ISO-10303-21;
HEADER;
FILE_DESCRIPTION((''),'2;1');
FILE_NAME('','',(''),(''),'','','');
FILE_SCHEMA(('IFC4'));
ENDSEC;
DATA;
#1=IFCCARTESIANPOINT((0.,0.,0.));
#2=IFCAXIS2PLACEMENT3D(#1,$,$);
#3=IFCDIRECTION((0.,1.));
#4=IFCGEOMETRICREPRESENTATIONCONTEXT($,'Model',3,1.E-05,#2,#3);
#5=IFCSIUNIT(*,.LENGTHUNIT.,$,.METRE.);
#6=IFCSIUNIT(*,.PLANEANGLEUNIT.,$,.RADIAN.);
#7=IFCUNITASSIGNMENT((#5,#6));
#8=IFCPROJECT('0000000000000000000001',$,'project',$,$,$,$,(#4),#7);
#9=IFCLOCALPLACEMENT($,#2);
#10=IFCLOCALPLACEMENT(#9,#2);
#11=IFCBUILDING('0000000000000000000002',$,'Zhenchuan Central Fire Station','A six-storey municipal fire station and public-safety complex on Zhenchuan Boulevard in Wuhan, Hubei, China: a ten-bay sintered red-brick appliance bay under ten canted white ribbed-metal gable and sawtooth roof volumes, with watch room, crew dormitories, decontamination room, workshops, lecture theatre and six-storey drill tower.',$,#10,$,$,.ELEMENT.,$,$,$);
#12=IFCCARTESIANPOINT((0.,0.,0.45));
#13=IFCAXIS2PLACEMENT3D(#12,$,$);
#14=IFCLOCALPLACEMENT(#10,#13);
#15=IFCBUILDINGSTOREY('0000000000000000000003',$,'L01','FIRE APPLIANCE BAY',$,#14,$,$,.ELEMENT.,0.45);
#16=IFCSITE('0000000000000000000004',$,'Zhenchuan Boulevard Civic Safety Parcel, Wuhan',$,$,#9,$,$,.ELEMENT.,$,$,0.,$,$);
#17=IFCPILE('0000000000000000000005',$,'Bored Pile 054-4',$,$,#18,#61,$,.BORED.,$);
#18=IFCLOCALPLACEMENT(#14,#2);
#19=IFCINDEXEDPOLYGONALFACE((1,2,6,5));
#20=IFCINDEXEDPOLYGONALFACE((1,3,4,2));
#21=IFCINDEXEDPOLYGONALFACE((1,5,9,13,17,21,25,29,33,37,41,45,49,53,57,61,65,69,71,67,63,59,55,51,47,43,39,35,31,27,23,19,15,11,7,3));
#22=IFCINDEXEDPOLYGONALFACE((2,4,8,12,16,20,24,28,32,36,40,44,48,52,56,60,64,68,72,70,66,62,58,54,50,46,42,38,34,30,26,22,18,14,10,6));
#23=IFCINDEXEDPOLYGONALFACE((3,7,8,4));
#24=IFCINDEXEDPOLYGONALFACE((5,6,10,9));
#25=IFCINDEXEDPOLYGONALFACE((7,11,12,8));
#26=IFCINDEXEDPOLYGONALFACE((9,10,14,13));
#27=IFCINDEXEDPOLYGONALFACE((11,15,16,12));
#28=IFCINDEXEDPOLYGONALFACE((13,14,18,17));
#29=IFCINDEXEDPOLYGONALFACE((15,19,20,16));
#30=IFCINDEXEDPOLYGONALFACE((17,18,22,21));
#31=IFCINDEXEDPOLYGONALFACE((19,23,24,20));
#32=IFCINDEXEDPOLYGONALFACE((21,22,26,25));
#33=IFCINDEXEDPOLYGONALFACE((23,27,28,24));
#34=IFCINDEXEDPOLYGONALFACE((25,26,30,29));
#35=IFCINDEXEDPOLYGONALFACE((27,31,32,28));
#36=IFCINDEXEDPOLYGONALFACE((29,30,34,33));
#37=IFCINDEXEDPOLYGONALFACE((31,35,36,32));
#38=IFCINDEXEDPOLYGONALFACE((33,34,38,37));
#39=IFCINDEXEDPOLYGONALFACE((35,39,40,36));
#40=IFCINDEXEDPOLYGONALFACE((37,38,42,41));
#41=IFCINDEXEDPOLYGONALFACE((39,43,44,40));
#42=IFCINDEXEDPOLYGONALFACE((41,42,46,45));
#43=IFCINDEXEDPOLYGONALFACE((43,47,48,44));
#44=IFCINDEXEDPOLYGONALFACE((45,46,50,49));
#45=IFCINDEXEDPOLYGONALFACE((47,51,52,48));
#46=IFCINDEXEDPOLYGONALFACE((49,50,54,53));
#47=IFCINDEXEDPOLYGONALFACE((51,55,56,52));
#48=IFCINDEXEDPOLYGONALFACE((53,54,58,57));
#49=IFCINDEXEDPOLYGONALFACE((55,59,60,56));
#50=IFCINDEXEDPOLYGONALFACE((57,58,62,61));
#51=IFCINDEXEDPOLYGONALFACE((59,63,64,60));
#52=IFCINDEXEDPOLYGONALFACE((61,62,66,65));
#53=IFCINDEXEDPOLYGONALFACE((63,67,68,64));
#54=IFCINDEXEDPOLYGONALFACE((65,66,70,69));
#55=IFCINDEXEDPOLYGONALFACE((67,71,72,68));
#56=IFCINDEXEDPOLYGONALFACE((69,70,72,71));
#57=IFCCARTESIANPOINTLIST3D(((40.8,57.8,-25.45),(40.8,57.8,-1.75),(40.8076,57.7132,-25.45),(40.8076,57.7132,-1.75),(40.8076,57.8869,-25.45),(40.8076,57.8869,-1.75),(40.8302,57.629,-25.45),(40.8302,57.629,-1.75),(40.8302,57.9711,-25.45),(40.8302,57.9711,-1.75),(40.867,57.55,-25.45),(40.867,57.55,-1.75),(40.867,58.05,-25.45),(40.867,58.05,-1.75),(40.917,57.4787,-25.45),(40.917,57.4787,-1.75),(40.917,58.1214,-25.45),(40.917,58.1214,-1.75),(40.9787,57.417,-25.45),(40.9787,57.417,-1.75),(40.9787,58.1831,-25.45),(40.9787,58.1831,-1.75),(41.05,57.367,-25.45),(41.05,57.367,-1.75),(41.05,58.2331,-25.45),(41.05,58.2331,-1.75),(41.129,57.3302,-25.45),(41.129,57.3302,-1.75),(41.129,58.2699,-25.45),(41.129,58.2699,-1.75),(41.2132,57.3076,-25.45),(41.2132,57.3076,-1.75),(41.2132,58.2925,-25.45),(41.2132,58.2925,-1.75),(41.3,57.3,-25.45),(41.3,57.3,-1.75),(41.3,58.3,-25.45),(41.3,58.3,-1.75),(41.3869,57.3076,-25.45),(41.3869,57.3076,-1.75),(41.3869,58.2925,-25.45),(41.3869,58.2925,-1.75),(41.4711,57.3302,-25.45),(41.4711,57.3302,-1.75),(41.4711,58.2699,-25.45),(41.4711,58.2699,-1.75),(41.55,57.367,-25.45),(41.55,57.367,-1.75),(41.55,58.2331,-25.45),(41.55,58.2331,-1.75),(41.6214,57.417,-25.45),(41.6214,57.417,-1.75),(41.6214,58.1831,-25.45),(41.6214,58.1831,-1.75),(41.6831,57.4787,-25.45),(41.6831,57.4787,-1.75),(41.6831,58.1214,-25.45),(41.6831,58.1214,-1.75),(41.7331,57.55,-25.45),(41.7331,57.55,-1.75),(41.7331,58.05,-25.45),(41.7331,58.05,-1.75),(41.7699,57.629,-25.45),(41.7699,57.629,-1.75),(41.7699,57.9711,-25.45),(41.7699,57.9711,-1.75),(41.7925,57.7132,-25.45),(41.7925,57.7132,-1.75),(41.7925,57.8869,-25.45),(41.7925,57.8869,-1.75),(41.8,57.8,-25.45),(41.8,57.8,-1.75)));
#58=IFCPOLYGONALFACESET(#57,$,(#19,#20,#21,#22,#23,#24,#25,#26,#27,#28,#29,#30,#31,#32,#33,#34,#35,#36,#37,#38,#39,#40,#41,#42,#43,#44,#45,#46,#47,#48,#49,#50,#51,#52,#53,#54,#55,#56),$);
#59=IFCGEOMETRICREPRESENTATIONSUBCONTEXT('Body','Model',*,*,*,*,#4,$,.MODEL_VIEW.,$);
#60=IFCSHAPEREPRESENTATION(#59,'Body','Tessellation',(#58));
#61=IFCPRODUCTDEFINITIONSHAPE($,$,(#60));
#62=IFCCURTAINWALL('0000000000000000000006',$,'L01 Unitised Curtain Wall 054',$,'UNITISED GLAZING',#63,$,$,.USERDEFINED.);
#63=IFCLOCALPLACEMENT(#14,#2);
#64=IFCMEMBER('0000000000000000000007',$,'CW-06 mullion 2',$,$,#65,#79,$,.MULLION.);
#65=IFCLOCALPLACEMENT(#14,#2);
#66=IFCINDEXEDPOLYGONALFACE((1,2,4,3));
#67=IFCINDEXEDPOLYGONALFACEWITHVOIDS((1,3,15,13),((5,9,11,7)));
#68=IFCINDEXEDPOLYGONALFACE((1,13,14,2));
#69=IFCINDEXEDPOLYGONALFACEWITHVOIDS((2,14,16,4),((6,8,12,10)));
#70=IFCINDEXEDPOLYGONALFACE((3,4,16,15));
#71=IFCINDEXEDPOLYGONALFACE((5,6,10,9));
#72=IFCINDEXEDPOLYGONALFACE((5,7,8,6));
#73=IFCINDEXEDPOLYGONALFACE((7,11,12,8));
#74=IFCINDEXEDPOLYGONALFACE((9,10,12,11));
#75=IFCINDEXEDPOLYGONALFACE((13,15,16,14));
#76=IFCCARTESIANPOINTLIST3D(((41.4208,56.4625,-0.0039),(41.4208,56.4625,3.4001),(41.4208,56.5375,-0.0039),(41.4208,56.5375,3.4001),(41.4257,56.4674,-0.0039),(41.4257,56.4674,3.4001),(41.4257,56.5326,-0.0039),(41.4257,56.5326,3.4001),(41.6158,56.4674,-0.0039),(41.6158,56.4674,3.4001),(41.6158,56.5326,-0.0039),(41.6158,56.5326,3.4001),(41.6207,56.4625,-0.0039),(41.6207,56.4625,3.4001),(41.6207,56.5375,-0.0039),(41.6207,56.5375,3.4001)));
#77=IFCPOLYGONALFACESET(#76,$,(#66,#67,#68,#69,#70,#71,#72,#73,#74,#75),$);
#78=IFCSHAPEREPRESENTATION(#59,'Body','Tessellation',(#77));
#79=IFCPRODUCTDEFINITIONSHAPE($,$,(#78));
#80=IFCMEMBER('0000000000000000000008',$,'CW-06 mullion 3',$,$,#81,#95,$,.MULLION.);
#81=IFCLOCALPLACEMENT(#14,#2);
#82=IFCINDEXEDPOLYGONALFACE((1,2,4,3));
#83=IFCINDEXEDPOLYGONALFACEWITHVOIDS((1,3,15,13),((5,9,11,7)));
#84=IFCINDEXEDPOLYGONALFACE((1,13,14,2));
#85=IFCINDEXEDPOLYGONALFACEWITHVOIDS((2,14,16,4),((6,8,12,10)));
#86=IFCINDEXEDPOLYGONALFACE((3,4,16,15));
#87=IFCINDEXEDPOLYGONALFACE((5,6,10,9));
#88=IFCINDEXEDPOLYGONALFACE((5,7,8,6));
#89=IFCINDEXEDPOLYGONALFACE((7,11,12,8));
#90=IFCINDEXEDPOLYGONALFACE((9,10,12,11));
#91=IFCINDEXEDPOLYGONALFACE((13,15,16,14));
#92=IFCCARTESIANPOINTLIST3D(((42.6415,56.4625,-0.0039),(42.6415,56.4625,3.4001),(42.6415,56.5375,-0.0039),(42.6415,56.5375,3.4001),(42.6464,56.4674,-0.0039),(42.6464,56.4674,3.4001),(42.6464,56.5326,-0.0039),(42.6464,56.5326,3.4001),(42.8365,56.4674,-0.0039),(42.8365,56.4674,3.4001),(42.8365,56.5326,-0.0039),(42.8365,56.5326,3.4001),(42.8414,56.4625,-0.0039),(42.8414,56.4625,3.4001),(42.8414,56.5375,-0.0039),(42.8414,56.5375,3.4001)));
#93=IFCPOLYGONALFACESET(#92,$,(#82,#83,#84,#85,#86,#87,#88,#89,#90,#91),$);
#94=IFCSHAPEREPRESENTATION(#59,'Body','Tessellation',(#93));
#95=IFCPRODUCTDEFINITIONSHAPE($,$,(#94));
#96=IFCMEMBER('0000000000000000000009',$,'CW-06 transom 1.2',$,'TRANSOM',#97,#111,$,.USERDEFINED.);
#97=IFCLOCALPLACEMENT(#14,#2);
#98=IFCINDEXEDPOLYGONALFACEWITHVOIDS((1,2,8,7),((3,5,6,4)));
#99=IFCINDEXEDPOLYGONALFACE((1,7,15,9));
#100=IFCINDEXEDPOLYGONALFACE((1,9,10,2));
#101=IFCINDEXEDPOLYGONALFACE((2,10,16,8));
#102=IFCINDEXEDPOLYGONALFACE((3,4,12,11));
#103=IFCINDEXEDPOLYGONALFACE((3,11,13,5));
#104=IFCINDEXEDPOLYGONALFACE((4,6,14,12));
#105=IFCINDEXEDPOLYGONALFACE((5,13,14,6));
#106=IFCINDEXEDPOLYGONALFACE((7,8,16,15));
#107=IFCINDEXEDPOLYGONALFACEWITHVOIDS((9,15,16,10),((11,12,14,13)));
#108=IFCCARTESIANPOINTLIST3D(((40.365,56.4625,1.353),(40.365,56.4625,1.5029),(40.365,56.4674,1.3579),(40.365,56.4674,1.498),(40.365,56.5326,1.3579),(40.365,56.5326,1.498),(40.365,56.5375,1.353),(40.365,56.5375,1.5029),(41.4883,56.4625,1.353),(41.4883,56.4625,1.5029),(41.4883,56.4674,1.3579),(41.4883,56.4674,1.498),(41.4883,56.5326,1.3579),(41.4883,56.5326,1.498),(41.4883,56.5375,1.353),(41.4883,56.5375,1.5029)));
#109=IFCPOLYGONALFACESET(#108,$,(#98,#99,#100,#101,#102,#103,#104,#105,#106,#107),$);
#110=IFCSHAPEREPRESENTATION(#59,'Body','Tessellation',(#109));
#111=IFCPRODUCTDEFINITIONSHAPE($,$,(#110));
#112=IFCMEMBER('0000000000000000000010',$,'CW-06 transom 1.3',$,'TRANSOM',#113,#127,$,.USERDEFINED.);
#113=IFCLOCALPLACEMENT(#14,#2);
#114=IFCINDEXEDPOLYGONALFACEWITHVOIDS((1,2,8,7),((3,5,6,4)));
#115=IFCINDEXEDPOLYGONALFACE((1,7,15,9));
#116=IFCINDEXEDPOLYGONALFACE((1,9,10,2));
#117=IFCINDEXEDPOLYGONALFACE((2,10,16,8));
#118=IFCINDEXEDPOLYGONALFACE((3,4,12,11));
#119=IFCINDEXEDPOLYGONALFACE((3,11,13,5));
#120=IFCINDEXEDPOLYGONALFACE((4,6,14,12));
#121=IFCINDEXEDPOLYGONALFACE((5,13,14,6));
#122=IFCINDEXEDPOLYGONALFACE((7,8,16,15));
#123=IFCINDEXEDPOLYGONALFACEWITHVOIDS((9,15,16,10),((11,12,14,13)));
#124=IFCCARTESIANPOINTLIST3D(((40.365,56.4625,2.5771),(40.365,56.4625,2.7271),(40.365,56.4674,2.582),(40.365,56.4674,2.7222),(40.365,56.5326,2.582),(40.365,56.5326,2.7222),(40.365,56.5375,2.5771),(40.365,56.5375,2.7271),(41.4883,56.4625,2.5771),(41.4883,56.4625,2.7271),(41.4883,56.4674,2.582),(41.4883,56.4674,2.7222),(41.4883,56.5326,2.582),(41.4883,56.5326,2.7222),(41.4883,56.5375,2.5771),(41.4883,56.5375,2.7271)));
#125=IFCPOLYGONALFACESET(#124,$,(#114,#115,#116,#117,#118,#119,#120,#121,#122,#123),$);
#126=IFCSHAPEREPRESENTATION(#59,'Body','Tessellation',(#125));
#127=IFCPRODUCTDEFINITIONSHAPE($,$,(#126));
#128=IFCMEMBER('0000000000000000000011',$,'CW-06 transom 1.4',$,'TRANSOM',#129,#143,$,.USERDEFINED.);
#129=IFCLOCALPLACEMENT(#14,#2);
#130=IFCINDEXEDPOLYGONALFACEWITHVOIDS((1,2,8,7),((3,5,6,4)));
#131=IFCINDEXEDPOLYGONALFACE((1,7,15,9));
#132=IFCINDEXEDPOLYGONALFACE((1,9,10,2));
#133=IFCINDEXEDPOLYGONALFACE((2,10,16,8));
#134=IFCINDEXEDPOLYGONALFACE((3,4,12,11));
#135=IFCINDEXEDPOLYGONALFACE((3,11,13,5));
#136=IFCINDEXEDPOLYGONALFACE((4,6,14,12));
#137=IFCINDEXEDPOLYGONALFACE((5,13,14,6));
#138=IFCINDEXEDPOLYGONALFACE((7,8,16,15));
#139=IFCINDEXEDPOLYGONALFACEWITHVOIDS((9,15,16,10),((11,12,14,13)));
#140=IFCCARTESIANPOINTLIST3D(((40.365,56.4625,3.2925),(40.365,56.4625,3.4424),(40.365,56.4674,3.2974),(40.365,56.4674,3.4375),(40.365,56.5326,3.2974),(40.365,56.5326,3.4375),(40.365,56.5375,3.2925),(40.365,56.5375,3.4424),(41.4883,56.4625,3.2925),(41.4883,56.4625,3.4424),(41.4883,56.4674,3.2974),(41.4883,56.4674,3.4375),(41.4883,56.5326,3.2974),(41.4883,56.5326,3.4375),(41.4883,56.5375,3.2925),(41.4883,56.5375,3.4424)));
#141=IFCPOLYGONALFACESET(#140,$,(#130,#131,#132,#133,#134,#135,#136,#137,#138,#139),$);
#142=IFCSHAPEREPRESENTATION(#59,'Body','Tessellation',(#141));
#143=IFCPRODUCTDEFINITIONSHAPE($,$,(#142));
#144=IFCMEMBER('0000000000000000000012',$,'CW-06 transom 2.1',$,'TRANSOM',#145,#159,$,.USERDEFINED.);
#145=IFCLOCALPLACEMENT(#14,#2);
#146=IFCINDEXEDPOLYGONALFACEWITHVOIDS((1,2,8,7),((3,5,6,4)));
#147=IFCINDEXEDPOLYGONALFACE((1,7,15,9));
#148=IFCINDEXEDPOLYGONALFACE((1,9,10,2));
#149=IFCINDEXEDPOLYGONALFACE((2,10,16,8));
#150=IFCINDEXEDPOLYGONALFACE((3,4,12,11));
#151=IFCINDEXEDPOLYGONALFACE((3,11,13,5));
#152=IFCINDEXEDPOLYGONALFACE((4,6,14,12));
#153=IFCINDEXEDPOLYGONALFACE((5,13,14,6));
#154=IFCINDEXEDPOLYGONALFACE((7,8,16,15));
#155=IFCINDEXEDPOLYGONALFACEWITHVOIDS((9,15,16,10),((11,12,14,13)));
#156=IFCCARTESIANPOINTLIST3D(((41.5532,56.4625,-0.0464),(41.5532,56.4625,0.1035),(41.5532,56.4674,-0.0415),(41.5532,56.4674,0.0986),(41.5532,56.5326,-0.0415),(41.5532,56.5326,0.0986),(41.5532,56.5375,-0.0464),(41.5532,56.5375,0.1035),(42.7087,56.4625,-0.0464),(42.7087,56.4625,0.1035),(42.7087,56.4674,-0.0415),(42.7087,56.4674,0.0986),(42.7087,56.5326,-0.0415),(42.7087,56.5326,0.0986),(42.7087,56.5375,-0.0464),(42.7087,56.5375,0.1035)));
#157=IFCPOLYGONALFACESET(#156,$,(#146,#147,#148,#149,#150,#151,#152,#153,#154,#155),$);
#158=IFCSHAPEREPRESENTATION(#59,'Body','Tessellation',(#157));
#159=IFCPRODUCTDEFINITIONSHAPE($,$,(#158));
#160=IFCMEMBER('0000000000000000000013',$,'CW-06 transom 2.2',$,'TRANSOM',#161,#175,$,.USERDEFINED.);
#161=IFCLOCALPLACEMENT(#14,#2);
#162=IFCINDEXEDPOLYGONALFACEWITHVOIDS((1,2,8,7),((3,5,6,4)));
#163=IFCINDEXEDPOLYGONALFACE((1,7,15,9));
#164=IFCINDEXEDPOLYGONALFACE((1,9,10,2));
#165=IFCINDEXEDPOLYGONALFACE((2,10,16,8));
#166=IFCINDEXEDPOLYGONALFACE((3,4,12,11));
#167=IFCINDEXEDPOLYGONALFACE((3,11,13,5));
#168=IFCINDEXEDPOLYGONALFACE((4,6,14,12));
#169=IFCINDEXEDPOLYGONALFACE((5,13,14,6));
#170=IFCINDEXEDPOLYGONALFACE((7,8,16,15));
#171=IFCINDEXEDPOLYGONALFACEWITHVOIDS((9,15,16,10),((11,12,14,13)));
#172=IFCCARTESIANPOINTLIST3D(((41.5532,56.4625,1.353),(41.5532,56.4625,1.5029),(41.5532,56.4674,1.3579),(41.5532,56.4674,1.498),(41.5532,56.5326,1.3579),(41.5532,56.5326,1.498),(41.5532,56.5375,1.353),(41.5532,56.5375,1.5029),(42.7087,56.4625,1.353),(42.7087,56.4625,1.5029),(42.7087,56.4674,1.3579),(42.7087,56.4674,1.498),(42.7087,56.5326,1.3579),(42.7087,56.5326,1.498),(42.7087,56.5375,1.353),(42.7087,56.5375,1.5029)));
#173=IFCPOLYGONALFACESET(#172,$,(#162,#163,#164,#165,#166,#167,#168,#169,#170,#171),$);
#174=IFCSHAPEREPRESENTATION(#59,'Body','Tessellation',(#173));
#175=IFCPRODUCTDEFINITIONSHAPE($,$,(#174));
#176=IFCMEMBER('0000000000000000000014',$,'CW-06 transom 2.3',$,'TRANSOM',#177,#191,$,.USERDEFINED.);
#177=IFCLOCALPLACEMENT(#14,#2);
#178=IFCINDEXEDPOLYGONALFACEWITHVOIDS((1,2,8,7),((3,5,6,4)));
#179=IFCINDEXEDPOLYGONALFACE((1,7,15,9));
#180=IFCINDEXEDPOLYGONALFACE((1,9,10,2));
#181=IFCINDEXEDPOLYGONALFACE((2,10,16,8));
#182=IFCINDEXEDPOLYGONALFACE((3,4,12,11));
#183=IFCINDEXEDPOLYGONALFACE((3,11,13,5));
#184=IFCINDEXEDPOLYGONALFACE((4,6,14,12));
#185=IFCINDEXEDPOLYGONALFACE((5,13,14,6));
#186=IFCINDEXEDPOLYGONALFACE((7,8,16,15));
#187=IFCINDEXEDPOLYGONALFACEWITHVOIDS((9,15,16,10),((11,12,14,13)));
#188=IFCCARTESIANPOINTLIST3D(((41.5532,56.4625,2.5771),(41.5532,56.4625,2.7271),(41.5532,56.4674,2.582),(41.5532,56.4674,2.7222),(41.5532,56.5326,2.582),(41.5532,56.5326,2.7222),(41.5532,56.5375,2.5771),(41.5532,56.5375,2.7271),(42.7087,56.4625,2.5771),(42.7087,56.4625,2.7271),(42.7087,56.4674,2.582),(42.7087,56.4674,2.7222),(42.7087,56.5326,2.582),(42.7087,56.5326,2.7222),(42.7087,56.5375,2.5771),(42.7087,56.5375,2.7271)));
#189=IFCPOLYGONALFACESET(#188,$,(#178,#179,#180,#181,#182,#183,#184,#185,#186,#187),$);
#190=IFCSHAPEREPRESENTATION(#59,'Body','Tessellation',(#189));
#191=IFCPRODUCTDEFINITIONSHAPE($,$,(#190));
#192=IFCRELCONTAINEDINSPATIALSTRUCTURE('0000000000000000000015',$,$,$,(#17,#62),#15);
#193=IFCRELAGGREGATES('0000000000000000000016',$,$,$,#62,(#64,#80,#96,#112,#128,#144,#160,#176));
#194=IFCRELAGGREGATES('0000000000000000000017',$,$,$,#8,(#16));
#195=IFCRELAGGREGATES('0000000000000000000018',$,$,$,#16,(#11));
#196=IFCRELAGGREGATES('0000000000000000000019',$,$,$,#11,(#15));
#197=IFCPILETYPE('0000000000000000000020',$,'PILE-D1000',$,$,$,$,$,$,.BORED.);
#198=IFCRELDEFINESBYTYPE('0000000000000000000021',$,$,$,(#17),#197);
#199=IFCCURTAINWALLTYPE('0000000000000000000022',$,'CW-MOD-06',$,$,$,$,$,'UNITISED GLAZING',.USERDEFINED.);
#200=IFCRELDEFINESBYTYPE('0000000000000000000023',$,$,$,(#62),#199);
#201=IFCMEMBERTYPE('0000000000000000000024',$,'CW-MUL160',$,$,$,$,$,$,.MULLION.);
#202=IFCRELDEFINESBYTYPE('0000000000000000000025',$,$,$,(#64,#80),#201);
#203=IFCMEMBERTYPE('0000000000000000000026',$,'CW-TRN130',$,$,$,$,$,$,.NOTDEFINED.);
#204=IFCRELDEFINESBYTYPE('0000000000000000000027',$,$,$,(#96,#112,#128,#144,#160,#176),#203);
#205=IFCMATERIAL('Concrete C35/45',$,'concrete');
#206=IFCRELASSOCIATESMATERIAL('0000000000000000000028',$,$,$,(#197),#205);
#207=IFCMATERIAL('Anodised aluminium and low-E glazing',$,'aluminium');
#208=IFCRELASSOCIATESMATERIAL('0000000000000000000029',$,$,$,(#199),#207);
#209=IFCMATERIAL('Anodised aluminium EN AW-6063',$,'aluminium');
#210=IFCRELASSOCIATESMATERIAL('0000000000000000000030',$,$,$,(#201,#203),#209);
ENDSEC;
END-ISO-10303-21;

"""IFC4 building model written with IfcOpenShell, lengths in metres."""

from ifc_helpers import new_model, si_unit, direction, frame, origin, origin_2d, place, context, subcontext, project, spatial, hollow_rectangle, circle, extrude, material, material_profile, profile_set, type_object, element, aggregate, save


model = new_model("IFC4")

# Units and contexts
model_context = context("Model", 3, precision=1e-05, world=origin(), true_north=direction((0.0, 1.0)))
body_context = subcontext(model_context, "Body", "Model", "MODEL_VIEW")
ifc_project = project(units=[si_unit("LENGTHUNIT", "METRE"), si_unit("PLANEANGLEUNIT", "RADIAN")], contexts=[model_context])

# Site, building, storey
site_placement = place(None, origin())
site = spatial("IfcSite", under=ifc_project, at=site_placement, Name="Zhenchuan Boulevard Civic Safety Parcel, Wuhan", CompositionType="ELEMENT", RefElevation=0.0)
building_placement = place(site_placement, origin())
building = spatial("IfcBuilding", under=site, at=building_placement, Name="Zhenchuan Central Fire Station", Description="A six-storey municipal fire station and public-safety complex on Zhenchuan Boulevard in Wuhan, Hubei, China: a ten-bay sintered red-brick appliance bay under ten canted white ribbed-metal gable and sawtooth roof volumes, with watch room, crew dormitories, decontamination room, workshops, lecture theatre and six-storey drill tower.", CompositionType="ELEMENT")
storey_placement = place(building_placement, frame((0.0, 0.0, 0.45)))
storey = spatial("IfcBuildingStorey", under=building, at=storey_placement, Name="L01", Description="FIRE APPLIANCE BAY", CompositionType="ELEMENT", Elevation=0.45)

# Pile
ifc_material_1 = material(Name="Concrete C35/45", Category="concrete")
ifc_material_profile_1 = material_profile(ifc_material_1, circle(Radius=0.5, at=origin_2d()), Name="PILE D1000")
ifc_profile_set_1 = profile_set([ifc_material_profile_1], Name="Concrete C35/45")
pile_type = type_object("IfcPileType", Name="PILE-D1000", PredefinedType="BORED", material=ifc_profile_set_1)
pile_placement = place(storey_placement, frame((41.3, 57.8, -1.75), z_axis=(0.0, 0.0, -1.0), x_axis=(1.0, 0.0, 0.0)))
element("IfcPile", 1, at=pile_placement, inside=storey, type_object=pile_type, Name="Bored Pile 054-4", PredefinedType="BORED", context=body_context, shape_type="SweptSolid", body=[
    extrude(circle(Radius=0.5, at=origin_2d()), origin(), (0.0, 0.0, 1.0), 23.7),
])

# Curtain wall, members
ifc_material_2 = material(Name="Anodised aluminium and low-E glazing", Category="aluminium")
curtain_wall_type = type_object("IfcCurtainWallType", Name="CW-MOD-06", ElementType="UNITISED GLAZING", PredefinedType="USERDEFINED", material=ifc_material_2)
curtain_wall_placement = place(storey_placement, origin())
curtain_wall = element("IfcCurtainWall", 2, at=curtain_wall_placement, inside=storey, type_object=curtain_wall_type, Name="L01 Unitised Curtain Wall 054", ObjectType="UNITISED GLAZING", PredefinedType="USERDEFINED")
ifc_material_3 = material(Name="Anodised aluminium EN AW-6063", Category="aluminium")
ifc_material_profile_2 = material_profile(ifc_material_3, hollow_rectangle(XDim=0.075, YDim=0.2, WallThickness=0.0049, at=origin_2d()), Name="ALU-M 200x75")
ifc_profile_set_2 = profile_set([ifc_material_profile_2], Name="Anodised aluminium EN AW-6063")
member_type_1 = type_object("IfcMemberType", Name="CW-MUL160", PredefinedType="MULLION", material=ifc_profile_set_2)
member_1_placement = place(storey_placement, frame((41.5208, 56.5, -0.0039), z_axis=(0.0, 0.0, 1.0), x_axis=(0.0, 1.0, 0.0)))
member_1 = element("IfcMember", 3, at=member_1_placement, type_object=member_type_1, Name="CW-06 mullion 2", PredefinedType="MULLION", context=body_context, shape_type="SweptSolid", body=[
    extrude(hollow_rectangle(XDim=0.075, YDim=0.2, WallThickness=0.0049, at=origin_2d()), origin(), (0.0, 0.0, 1.0), 3.4041),
])
member_2_placement = place(storey_placement, frame((42.7415, 56.5, -0.0039), z_axis=(0.0, 0.0, 1.0), x_axis=(0.0, 1.0, 0.0)))
member_2 = element("IfcMember", 4, at=member_2_placement, type_object=member_type_1, Name="CW-06 mullion 3", PredefinedType="MULLION", context=body_context, shape_type="SweptSolid", body=[
    extrude(hollow_rectangle(XDim=0.075, YDim=0.2, WallThickness=0.0049, at=origin_2d()), origin(), (0.0, 0.0, 1.0), 3.4041),
])
ifc_material_profile_3 = material_profile(ifc_material_3, hollow_rectangle(XDim=0.075, YDim=0.1499, WallThickness=0.0049, at=origin_2d()), Name="ALU-T 150x75")
ifc_profile_set_3 = profile_set([ifc_material_profile_3], Name="Anodised aluminium EN AW-6063")
member_type_2 = type_object("IfcMemberType", Name="CW-TRN130", PredefinedType="NOTDEFINED", material=ifc_profile_set_3)
member_3_placement = place(storey_placement, frame((40.365, 56.5, 1.428), z_axis=(1.0, 0.0, 0.0), x_axis=(0.0, 1.0, 0.0)))
member_3 = element("IfcMember", 5, at=member_3_placement, type_object=member_type_2, Name="CW-06 transom 1.2", ObjectType="TRANSOM", PredefinedType="USERDEFINED", context=body_context, shape_type="SweptSolid", body=[
    extrude(hollow_rectangle(XDim=0.075, YDim=0.1499, WallThickness=0.0049, at=origin_2d()), origin(), (0.0, 0.0, 1.0), 1.1233),
])
member_4_placement = place(storey_placement, frame((40.365, 56.5, 2.6521), z_axis=(1.0, 0.0, 0.0), x_axis=(0.0, 1.0, 0.0)))
member_4 = element("IfcMember", 6, at=member_4_placement, type_object=member_type_2, Name="CW-06 transom 1.3", ObjectType="TRANSOM", PredefinedType="USERDEFINED", context=body_context, shape_type="SweptSolid", body=[
    extrude(hollow_rectangle(XDim=0.075, YDim=0.1499, WallThickness=0.0049, at=origin_2d()), origin(), (0.0, 0.0, 1.0), 1.1233),
])
member_5_placement = place(storey_placement, frame((40.365, 56.5, 3.3674), z_axis=(1.0, 0.0, 0.0), x_axis=(0.0, 1.0, 0.0)))
member_5 = element("IfcMember", 7, at=member_5_placement, type_object=member_type_2, Name="CW-06 transom 1.4", ObjectType="TRANSOM", PredefinedType="USERDEFINED", context=body_context, shape_type="SweptSolid", body=[
    extrude(hollow_rectangle(XDim=0.075, YDim=0.1499, WallThickness=0.0049, at=origin_2d()), origin(), (0.0, 0.0, 1.0), 1.1233),
])
member_6_placement = place(storey_placement, frame((41.5532, 56.5, 0.0286), z_axis=(1.0, 0.0, 0.0), x_axis=(0.0, 1.0, 0.0)))
member_6 = element("IfcMember", 8, at=member_6_placement, type_object=member_type_2, Name="CW-06 transom 2.1", ObjectType="TRANSOM", PredefinedType="USERDEFINED", context=body_context, shape_type="SweptSolid", body=[
    extrude(hollow_rectangle(XDim=0.075, YDim=0.1499, WallThickness=0.0049, at=origin_2d()), origin(), (0.0, 0.0, 1.0), 1.1555),
])
member_7_placement = place(storey_placement, frame((41.5532, 56.5, 1.428), z_axis=(1.0, 0.0, 0.0), x_axis=(0.0, 1.0, 0.0)))
member_7 = element("IfcMember", 9, at=member_7_placement, type_object=member_type_2, Name="CW-06 transom 2.2", ObjectType="TRANSOM", PredefinedType="USERDEFINED", context=body_context, shape_type="SweptSolid", body=[
    extrude(hollow_rectangle(XDim=0.075, YDim=0.1499, WallThickness=0.0049, at=origin_2d()), origin(), (0.0, 0.0, 1.0), 1.1555),
])
member_8_placement = place(storey_placement, frame((41.5532, 56.5, 2.6521), z_axis=(1.0, 0.0, 0.0), x_axis=(0.0, 1.0, 0.0)))
member_8 = element("IfcMember", 10, at=member_8_placement, type_object=member_type_2, Name="CW-06 transom 2.3", ObjectType="TRANSOM", PredefinedType="USERDEFINED", context=body_context, shape_type="SweptSolid", body=[
    extrude(hollow_rectangle(XDim=0.075, YDim=0.1499, WallThickness=0.0049, at=origin_2d()), origin(), (0.0, 0.0, 1.0), 1.1555),
])
aggregate(curtain_wall, [member_1, member_2, member_3, member_4, member_5, member_6, member_7, member_8])

save(model, "model.ifc")
